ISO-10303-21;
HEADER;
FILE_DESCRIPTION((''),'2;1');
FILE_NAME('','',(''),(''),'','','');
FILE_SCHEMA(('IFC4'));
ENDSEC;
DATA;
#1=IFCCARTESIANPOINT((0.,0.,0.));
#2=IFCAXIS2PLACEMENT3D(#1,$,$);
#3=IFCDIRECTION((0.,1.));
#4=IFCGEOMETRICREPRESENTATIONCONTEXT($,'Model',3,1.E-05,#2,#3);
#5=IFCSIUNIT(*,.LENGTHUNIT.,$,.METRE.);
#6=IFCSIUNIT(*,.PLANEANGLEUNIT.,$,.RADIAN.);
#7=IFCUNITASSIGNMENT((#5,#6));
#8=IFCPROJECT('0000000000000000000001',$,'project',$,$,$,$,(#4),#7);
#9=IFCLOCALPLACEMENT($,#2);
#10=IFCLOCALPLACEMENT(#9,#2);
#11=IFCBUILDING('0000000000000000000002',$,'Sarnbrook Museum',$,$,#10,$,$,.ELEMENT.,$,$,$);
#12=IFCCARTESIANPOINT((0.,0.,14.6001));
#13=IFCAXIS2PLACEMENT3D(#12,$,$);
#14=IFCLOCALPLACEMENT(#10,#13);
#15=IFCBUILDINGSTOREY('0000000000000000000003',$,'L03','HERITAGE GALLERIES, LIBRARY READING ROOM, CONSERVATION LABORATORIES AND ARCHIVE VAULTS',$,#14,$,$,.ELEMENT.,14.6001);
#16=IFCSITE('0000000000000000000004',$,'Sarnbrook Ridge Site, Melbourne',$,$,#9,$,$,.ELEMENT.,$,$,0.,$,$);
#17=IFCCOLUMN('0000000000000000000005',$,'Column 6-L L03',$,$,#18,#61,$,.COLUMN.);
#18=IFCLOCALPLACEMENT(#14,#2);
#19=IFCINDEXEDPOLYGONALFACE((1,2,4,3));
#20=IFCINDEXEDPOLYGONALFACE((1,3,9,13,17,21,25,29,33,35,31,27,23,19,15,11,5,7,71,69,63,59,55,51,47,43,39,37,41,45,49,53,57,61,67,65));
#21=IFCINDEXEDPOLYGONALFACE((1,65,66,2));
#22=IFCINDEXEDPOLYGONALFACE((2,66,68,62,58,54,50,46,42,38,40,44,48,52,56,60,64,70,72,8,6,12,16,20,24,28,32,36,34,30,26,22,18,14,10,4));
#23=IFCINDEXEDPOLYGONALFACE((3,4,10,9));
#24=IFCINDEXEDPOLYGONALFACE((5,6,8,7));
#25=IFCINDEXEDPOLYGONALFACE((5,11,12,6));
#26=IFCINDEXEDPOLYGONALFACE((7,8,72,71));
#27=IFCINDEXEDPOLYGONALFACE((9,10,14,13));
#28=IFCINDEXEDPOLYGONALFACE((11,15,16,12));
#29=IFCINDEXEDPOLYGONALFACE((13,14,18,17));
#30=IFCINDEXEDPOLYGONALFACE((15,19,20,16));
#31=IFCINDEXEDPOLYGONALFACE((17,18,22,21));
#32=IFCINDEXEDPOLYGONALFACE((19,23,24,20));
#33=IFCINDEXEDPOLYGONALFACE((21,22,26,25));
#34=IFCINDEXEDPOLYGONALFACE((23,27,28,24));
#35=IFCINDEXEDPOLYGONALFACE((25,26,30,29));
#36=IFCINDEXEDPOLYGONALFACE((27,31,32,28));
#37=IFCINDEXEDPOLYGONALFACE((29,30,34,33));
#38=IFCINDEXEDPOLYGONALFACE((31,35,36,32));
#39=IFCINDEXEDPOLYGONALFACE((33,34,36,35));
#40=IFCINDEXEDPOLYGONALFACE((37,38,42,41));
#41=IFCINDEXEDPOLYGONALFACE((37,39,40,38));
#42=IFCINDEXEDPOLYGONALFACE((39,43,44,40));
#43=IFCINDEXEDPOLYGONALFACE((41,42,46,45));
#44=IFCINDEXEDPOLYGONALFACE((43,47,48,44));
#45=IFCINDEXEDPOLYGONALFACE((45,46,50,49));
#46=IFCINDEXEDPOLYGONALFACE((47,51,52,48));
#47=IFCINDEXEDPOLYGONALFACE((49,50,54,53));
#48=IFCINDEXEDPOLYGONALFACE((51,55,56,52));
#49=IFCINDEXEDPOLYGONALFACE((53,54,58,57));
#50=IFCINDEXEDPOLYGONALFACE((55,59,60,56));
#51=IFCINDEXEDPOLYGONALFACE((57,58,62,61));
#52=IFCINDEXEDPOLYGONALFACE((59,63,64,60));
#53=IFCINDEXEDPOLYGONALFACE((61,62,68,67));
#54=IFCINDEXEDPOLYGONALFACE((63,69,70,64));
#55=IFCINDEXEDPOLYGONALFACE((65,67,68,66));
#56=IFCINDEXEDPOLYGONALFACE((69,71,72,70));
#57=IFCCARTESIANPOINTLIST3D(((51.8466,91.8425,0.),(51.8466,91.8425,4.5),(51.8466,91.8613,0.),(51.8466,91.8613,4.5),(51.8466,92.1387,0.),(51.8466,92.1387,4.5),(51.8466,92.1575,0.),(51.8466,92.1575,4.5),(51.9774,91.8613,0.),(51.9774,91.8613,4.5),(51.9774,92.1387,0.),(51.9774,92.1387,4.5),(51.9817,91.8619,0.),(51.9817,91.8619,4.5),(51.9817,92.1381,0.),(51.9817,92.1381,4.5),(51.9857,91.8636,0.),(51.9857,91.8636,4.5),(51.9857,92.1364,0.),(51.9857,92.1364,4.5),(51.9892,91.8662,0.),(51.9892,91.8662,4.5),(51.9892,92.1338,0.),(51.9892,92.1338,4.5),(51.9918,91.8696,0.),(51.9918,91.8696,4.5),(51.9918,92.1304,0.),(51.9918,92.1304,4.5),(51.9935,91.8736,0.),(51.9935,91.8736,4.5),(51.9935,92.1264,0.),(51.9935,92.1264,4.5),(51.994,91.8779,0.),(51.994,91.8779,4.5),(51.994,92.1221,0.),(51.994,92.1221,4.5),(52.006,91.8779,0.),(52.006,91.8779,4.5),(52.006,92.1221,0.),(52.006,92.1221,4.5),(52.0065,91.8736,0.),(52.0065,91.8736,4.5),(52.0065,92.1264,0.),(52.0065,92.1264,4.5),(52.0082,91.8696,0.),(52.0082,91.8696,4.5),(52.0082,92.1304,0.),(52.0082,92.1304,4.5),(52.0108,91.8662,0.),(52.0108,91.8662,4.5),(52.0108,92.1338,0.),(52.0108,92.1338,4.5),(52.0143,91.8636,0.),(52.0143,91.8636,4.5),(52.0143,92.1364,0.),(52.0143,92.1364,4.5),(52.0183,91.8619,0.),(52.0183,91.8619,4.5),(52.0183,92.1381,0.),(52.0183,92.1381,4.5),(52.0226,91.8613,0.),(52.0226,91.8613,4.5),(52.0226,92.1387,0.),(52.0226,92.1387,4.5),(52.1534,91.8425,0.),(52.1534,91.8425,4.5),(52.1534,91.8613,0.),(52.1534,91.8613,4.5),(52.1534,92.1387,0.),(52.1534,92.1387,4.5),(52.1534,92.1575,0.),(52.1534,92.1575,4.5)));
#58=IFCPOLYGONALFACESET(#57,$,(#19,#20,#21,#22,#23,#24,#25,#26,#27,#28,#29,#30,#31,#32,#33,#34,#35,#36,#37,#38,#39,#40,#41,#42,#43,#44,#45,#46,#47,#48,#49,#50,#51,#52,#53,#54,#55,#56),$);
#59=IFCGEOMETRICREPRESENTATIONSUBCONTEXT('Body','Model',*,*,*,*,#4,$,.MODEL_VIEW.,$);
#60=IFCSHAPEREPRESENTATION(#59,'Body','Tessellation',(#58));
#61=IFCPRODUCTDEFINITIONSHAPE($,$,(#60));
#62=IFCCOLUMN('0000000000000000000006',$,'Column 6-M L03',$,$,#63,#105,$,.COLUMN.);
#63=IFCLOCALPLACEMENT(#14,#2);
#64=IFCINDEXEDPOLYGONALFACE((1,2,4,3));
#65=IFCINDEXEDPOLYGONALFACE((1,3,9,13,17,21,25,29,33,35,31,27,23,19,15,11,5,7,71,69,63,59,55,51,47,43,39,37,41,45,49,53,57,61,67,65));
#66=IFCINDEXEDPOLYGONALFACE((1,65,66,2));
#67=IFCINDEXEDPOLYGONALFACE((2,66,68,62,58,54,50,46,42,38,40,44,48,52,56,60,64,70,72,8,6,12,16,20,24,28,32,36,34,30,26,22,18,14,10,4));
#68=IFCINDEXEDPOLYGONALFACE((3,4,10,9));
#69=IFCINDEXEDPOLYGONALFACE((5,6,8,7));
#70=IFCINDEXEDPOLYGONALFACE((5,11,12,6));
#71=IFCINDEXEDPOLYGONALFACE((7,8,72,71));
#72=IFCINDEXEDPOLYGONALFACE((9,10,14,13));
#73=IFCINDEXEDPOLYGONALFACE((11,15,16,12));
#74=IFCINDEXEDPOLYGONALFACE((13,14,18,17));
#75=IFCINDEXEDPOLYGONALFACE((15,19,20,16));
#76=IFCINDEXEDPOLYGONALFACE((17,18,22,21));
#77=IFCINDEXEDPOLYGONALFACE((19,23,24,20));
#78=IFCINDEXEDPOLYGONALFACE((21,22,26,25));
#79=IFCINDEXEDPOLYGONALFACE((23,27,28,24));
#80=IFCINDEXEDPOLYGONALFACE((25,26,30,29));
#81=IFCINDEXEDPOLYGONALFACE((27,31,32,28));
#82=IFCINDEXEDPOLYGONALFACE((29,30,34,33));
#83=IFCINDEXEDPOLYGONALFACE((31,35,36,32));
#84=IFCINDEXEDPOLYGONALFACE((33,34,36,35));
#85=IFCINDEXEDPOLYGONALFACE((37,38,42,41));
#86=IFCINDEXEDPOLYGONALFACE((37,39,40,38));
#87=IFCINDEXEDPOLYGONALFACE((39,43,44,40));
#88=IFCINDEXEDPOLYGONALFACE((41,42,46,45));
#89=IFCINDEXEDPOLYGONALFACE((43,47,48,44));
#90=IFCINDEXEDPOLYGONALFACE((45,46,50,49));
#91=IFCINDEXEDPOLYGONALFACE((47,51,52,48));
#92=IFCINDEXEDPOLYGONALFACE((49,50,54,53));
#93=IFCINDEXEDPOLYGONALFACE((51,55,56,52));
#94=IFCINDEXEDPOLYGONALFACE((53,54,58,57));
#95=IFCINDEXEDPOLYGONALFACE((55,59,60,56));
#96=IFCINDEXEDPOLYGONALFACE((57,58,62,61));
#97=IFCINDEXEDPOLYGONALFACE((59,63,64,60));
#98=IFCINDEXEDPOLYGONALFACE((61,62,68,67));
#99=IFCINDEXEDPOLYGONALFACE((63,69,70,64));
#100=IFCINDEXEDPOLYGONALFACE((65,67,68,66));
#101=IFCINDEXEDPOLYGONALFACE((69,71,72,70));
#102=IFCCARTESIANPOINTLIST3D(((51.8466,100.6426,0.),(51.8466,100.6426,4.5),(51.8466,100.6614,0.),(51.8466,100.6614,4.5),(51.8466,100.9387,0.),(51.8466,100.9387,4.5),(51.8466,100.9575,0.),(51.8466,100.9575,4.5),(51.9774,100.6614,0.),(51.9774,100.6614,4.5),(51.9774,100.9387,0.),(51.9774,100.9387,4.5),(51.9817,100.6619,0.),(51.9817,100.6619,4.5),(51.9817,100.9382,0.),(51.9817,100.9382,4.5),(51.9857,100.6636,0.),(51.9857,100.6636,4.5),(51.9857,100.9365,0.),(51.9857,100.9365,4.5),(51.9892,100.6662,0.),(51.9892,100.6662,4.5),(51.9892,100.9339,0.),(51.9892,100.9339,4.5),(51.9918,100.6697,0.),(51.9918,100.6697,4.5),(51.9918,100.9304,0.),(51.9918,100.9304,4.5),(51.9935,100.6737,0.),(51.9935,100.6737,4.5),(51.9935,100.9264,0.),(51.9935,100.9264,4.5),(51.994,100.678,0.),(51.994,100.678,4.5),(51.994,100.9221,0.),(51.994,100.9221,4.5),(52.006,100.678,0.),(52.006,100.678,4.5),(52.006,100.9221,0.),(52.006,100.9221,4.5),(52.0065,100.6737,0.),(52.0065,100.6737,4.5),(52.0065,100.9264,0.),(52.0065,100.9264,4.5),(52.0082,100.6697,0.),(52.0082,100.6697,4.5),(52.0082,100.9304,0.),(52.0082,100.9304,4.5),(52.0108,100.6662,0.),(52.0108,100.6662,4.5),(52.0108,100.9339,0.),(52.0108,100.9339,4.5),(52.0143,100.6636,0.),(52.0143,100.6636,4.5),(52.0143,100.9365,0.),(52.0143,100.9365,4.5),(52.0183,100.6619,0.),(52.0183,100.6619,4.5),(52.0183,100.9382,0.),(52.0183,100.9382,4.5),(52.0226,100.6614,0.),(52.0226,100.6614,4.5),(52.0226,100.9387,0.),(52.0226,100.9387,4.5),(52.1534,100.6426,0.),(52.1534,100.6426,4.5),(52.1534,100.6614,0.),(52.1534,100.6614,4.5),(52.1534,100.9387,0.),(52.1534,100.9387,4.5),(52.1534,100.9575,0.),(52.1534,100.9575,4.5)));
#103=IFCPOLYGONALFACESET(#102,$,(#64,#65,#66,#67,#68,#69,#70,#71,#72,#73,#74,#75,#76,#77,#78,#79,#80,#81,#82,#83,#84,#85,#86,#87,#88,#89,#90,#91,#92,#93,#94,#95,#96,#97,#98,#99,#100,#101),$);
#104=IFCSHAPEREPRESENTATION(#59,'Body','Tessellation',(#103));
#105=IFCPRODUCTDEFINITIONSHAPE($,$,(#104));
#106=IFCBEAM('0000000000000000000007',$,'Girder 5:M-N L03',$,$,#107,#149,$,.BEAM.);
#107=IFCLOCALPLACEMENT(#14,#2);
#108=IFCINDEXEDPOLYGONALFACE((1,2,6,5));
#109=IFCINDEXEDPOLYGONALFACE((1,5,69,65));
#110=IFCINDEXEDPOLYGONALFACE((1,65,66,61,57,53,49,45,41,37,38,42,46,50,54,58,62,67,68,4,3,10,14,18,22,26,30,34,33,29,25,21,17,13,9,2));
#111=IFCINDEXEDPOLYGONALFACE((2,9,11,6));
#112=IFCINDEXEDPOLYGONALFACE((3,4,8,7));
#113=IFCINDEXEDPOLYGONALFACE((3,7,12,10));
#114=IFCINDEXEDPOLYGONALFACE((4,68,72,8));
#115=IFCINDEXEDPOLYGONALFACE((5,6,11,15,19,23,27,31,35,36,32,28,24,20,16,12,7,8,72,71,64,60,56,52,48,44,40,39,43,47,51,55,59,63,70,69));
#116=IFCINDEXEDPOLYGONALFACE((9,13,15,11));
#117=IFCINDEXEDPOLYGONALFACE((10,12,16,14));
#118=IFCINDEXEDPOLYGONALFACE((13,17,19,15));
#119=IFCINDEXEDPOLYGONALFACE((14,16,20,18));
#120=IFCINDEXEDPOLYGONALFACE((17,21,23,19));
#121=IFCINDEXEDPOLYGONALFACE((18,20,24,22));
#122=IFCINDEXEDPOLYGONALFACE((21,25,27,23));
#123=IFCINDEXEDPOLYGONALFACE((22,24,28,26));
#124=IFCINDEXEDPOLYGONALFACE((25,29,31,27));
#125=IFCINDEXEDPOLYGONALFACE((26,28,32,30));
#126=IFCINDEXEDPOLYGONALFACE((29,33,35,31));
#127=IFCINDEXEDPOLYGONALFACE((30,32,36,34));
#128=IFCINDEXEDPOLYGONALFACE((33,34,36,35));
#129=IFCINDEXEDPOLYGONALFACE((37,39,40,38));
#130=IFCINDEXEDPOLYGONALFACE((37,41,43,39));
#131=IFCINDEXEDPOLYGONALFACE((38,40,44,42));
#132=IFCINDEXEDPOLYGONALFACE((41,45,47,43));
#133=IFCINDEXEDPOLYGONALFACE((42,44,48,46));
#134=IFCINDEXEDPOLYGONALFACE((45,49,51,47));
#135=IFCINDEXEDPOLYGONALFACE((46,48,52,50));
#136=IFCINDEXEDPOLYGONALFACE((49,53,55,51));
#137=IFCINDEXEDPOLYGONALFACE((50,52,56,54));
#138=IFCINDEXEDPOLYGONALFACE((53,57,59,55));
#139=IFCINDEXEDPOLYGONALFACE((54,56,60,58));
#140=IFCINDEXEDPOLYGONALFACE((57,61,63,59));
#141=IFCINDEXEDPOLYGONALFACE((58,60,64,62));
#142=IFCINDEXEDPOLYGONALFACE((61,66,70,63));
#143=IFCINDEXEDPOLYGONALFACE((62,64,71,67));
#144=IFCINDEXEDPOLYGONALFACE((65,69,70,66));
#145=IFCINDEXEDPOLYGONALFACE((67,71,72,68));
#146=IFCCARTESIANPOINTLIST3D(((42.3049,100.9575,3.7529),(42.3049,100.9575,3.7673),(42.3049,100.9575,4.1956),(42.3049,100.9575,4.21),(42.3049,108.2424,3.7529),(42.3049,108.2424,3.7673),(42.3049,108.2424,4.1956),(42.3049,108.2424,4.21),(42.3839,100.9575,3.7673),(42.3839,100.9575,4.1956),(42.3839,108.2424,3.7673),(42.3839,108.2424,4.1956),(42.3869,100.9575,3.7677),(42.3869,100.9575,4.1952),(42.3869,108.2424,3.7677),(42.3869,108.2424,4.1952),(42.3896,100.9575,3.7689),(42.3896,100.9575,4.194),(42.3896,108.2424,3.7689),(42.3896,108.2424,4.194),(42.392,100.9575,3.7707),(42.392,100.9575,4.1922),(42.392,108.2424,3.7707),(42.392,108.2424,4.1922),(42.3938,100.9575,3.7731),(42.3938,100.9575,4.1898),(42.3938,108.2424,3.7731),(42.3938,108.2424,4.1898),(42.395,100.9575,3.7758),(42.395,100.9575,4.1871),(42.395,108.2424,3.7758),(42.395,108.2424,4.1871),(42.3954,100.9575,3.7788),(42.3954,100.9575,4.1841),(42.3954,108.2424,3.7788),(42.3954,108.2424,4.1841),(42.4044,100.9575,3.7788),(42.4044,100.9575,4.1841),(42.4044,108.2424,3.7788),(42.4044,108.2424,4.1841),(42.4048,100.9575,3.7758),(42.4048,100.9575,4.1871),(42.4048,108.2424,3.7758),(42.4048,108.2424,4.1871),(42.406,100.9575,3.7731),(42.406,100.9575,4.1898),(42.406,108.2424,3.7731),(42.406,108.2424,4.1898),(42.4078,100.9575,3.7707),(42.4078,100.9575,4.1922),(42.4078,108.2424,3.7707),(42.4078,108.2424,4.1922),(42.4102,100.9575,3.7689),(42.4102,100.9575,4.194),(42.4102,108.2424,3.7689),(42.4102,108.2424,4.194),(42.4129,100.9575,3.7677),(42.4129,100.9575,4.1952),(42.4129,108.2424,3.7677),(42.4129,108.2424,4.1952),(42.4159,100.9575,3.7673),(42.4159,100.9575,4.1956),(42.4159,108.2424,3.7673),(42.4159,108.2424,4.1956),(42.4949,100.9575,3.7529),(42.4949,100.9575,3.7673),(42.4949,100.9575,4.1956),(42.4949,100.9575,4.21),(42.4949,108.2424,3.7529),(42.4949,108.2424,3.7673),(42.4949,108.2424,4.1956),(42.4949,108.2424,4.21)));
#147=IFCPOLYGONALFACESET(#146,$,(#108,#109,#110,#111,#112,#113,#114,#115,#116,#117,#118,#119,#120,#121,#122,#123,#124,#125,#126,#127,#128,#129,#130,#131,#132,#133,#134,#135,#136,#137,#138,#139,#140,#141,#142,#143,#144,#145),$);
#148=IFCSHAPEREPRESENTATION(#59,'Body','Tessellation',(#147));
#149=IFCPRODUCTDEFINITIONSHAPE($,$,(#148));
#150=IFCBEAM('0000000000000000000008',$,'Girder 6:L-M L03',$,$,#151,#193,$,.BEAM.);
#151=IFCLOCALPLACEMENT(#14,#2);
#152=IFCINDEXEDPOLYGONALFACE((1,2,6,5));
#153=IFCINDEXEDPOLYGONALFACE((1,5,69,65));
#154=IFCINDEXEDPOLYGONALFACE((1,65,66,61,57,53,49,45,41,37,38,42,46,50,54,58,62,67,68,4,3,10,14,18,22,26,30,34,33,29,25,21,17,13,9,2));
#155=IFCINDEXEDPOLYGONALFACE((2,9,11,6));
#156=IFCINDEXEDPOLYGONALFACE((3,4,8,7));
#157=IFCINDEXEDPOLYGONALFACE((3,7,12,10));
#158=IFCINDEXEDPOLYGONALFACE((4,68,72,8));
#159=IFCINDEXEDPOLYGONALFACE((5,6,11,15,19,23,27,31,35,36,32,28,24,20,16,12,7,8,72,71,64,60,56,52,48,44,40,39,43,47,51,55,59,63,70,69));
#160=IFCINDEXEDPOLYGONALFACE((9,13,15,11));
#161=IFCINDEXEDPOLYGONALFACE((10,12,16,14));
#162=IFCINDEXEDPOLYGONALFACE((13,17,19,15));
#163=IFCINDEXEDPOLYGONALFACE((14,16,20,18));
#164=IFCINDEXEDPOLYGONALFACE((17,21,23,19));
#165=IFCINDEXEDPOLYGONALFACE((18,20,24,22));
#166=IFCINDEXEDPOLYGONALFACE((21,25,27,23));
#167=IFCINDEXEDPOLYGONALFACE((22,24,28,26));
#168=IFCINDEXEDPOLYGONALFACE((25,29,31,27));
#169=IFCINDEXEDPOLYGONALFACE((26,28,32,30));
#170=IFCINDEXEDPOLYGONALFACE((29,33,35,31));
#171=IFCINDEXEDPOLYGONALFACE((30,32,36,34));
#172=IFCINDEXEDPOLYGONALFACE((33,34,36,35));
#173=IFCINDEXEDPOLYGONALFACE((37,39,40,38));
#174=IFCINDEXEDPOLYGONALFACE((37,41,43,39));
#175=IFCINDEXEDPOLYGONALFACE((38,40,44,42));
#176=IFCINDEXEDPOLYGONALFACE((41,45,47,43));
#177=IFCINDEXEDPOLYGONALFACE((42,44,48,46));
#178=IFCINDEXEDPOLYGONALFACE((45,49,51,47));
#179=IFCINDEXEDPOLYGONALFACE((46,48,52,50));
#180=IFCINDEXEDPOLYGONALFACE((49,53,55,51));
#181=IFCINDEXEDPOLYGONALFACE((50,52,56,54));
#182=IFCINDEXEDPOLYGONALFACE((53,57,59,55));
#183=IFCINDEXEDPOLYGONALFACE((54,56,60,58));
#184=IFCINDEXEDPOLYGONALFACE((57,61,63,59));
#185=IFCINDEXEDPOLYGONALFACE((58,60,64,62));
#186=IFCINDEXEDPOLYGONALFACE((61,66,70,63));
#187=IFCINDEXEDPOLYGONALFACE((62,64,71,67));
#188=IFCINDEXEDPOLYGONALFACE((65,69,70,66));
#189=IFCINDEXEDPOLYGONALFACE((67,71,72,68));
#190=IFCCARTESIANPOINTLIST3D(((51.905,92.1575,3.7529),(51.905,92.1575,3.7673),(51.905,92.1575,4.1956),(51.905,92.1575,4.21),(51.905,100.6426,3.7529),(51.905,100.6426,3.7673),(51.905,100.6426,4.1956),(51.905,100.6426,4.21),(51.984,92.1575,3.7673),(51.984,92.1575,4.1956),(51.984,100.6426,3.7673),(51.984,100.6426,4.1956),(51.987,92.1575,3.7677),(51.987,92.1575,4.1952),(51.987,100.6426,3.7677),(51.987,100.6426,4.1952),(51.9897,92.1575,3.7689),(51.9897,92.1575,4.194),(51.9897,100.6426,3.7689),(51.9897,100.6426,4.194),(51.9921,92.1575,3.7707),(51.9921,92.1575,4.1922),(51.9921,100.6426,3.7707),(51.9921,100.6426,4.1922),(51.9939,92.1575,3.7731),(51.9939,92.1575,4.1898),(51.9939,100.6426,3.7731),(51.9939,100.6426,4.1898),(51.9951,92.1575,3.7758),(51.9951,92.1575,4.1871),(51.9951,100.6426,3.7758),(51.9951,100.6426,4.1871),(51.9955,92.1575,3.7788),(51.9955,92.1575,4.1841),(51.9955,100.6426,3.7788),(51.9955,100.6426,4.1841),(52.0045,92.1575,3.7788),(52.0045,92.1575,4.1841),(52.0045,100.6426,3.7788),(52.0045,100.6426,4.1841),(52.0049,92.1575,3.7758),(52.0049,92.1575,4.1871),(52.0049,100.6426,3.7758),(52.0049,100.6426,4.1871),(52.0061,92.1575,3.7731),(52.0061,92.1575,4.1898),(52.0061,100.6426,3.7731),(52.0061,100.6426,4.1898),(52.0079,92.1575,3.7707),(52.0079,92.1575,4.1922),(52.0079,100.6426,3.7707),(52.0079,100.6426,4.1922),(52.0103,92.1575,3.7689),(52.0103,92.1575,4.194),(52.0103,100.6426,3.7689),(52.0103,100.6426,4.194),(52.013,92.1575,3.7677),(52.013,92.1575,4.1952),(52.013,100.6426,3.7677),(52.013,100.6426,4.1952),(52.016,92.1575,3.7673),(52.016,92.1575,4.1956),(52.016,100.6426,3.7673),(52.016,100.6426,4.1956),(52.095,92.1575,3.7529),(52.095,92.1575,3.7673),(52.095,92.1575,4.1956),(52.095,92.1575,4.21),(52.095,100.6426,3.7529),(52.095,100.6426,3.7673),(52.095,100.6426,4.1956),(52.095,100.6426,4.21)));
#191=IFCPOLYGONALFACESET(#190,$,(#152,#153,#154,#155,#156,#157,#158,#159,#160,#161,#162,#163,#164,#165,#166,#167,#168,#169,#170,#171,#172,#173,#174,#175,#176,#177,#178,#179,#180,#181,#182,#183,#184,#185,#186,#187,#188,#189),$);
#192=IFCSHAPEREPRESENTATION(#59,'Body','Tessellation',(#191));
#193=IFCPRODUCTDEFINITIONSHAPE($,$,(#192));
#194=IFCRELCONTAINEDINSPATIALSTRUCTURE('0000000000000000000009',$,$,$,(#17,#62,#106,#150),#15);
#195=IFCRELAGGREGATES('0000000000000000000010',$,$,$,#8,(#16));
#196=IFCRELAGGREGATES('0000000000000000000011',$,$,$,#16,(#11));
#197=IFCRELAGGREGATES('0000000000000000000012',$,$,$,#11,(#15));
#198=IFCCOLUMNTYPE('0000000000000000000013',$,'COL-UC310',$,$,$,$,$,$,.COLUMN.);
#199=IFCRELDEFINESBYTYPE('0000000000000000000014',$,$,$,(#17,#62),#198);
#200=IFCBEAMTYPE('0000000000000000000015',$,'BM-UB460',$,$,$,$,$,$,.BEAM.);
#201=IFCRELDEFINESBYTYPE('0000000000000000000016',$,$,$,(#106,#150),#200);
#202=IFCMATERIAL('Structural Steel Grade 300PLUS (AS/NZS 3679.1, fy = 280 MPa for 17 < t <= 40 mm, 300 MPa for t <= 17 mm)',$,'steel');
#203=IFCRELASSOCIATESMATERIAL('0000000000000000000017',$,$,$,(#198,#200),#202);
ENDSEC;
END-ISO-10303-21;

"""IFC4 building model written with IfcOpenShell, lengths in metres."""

from ifc_helpers import new_model, si_unit, direction, frame, origin, origin_2d, place, context, subcontext, project, spatial, i_section, extrude, material, material_profile, profile_set, type_object, element, save


model = new_model("IFC4")

# Units and contexts
model_context = context("Model", 3, precision=1e-05, world=origin(), true_north=direction((0.0, 1.0)))
body_context = subcontext(model_context, "Body", "Model", "MODEL_VIEW")
ifc_project = project(units=[si_unit("LENGTHUNIT", "METRE"), si_unit("PLANEANGLEUNIT", "RADIAN")], contexts=[model_context])

# Site, building, storey
site_placement = place(None, origin())
site = spatial("IfcSite", under=ifc_project, at=site_placement, Name="Sarnbrook Ridge Site, Melbourne", CompositionType="ELEMENT", RefElevation=0.0)
building_placement = place(site_placement, origin())
building = spatial("IfcBuilding", under=site, at=building_placement, Name="Sarnbrook Museum", CompositionType="ELEMENT")
storey_placement = place(building_placement, frame((0.0, 0.0, 14.6001)))
storey = spatial("IfcBuildingStorey", under=building, at=storey_placement, Name="L03", Description="HERITAGE GALLERIES, LIBRARY READING ROOM, CONSERVATION LABORATORIES AND ARCHIVE VAULTS", CompositionType="ELEMENT", Elevation=14.6001)

# Columns
ifc_material_1 = material(Name="Structural Steel Grade 300PLUS (AS/NZS 3679.1, fy = 280 MPa for 17 < t <= 40 mm, 300 MPa for t <= 17 mm)", Category="steel")
ifc_material_profile_1 = material_profile(ifc_material_1, i_section(OverallWidth=0.3069, OverallDepth=0.3149, WebThickness=0.012, FlangeThickness=0.0188, FilletRadius=0.0166, at=origin_2d()), Name="310UC118")
ifc_profile_set_1 = profile_set([ifc_material_profile_1], Name="Structural Steel Grade 300PLUS (AS/NZS 3679.1, fy = 280 MPa for 17 < t <= 40 mm, 300 MPa for t <= 17 mm)")
column_type = type_object("IfcColumnType", Name="COL-UC310", PredefinedType="COLUMN", material=ifc_profile_set_1)
for number, where, z_axis, x_axis, name in (
    (1, (52.0, 92.0, 0.0), (0.0, 0.0, 1.0), (1.0, 0.0, 0.0), "Column 6-L L03"),
    (2, (52.0, 100.8, 0.0), (0.0, 0.0, 1.0), (1.0, 0.0, 0.0), "Column 6-M L03"),
):
    element("IfcColumn", number, at=place(storey_placement, frame(where, z_axis=z_axis, x_axis=x_axis)), inside=storey, type_object=column_type, Name=name, PredefinedType="COLUMN", context=body_context, shape_type="SweptSolid", body=[
        extrude(i_section(OverallWidth=0.3069, OverallDepth=0.3149, WebThickness=0.012, FlangeThickness=0.0188, FilletRadius=0.0166, at=origin_2d()), origin(), (0.0, 0.0, 1.0), 4.5),
    ])

# Beams
ifc_material_profile_2 = material_profile(ifc_material_1, i_section(OverallWidth=0.1899, OverallDepth=0.457, WebThickness=0.009, FlangeThickness=0.0144, FilletRadius=0.0115, at=origin_2d()), Name="460UB74.6")
ifc_profile_set_2 = profile_set([ifc_material_profile_2], Name="Structural Steel Grade 300PLUS (AS/NZS 3679.1, fy = 280 MPa for 17 < t <= 40 mm, 300 MPa for t <= 17 mm)")
beam_type_1 = type_object("IfcBeamType", Name="BM-UB460", PredefinedType="BEAM", material=ifc_profile_set_2)
beam_1_placement = place(storey_placement, frame((42.3999, 100.9575, 3.9814), z_axis=(0.0, 1.0, 0.0), x_axis=(-1.0, 0.0, 0.0)))
element("IfcBeam", 3, at=beam_1_placement, inside=storey, type_object=beam_type_1, Name="Girder 5:M-N L03", PredefinedType="BEAM", context=body_context, shape_type="SweptSolid", body=[
    extrude(i_section(OverallWidth=0.1899, OverallDepth=0.457, WebThickness=0.009, FlangeThickness=0.0144, FilletRadius=0.0115, at=origin_2d()), origin(), (0.0, 0.0, 1.0), 7.2849),
])
beam_2_placement = place(storey_placement, frame((52.0, 92.1575, 3.9814), z_axis=(0.0, 1.0, 0.0), x_axis=(-1.0, 0.0, 0.0)))
element("IfcBeam", 4, at=beam_2_placement, inside=storey, type_object=beam_type_1, Name="Girder 6:L-M L03", PredefinedType="BEAM", context=body_context, shape_type="SweptSolid", body=[
    extrude(i_section(OverallWidth=0.1899, OverallDepth=0.457, WebThickness=0.009, FlangeThickness=0.0144, FilletRadius=0.0115, at=origin_2d()), origin(), (0.0, 0.0, 1.0), 8.4851),
])

save(model, "model.ifc")
